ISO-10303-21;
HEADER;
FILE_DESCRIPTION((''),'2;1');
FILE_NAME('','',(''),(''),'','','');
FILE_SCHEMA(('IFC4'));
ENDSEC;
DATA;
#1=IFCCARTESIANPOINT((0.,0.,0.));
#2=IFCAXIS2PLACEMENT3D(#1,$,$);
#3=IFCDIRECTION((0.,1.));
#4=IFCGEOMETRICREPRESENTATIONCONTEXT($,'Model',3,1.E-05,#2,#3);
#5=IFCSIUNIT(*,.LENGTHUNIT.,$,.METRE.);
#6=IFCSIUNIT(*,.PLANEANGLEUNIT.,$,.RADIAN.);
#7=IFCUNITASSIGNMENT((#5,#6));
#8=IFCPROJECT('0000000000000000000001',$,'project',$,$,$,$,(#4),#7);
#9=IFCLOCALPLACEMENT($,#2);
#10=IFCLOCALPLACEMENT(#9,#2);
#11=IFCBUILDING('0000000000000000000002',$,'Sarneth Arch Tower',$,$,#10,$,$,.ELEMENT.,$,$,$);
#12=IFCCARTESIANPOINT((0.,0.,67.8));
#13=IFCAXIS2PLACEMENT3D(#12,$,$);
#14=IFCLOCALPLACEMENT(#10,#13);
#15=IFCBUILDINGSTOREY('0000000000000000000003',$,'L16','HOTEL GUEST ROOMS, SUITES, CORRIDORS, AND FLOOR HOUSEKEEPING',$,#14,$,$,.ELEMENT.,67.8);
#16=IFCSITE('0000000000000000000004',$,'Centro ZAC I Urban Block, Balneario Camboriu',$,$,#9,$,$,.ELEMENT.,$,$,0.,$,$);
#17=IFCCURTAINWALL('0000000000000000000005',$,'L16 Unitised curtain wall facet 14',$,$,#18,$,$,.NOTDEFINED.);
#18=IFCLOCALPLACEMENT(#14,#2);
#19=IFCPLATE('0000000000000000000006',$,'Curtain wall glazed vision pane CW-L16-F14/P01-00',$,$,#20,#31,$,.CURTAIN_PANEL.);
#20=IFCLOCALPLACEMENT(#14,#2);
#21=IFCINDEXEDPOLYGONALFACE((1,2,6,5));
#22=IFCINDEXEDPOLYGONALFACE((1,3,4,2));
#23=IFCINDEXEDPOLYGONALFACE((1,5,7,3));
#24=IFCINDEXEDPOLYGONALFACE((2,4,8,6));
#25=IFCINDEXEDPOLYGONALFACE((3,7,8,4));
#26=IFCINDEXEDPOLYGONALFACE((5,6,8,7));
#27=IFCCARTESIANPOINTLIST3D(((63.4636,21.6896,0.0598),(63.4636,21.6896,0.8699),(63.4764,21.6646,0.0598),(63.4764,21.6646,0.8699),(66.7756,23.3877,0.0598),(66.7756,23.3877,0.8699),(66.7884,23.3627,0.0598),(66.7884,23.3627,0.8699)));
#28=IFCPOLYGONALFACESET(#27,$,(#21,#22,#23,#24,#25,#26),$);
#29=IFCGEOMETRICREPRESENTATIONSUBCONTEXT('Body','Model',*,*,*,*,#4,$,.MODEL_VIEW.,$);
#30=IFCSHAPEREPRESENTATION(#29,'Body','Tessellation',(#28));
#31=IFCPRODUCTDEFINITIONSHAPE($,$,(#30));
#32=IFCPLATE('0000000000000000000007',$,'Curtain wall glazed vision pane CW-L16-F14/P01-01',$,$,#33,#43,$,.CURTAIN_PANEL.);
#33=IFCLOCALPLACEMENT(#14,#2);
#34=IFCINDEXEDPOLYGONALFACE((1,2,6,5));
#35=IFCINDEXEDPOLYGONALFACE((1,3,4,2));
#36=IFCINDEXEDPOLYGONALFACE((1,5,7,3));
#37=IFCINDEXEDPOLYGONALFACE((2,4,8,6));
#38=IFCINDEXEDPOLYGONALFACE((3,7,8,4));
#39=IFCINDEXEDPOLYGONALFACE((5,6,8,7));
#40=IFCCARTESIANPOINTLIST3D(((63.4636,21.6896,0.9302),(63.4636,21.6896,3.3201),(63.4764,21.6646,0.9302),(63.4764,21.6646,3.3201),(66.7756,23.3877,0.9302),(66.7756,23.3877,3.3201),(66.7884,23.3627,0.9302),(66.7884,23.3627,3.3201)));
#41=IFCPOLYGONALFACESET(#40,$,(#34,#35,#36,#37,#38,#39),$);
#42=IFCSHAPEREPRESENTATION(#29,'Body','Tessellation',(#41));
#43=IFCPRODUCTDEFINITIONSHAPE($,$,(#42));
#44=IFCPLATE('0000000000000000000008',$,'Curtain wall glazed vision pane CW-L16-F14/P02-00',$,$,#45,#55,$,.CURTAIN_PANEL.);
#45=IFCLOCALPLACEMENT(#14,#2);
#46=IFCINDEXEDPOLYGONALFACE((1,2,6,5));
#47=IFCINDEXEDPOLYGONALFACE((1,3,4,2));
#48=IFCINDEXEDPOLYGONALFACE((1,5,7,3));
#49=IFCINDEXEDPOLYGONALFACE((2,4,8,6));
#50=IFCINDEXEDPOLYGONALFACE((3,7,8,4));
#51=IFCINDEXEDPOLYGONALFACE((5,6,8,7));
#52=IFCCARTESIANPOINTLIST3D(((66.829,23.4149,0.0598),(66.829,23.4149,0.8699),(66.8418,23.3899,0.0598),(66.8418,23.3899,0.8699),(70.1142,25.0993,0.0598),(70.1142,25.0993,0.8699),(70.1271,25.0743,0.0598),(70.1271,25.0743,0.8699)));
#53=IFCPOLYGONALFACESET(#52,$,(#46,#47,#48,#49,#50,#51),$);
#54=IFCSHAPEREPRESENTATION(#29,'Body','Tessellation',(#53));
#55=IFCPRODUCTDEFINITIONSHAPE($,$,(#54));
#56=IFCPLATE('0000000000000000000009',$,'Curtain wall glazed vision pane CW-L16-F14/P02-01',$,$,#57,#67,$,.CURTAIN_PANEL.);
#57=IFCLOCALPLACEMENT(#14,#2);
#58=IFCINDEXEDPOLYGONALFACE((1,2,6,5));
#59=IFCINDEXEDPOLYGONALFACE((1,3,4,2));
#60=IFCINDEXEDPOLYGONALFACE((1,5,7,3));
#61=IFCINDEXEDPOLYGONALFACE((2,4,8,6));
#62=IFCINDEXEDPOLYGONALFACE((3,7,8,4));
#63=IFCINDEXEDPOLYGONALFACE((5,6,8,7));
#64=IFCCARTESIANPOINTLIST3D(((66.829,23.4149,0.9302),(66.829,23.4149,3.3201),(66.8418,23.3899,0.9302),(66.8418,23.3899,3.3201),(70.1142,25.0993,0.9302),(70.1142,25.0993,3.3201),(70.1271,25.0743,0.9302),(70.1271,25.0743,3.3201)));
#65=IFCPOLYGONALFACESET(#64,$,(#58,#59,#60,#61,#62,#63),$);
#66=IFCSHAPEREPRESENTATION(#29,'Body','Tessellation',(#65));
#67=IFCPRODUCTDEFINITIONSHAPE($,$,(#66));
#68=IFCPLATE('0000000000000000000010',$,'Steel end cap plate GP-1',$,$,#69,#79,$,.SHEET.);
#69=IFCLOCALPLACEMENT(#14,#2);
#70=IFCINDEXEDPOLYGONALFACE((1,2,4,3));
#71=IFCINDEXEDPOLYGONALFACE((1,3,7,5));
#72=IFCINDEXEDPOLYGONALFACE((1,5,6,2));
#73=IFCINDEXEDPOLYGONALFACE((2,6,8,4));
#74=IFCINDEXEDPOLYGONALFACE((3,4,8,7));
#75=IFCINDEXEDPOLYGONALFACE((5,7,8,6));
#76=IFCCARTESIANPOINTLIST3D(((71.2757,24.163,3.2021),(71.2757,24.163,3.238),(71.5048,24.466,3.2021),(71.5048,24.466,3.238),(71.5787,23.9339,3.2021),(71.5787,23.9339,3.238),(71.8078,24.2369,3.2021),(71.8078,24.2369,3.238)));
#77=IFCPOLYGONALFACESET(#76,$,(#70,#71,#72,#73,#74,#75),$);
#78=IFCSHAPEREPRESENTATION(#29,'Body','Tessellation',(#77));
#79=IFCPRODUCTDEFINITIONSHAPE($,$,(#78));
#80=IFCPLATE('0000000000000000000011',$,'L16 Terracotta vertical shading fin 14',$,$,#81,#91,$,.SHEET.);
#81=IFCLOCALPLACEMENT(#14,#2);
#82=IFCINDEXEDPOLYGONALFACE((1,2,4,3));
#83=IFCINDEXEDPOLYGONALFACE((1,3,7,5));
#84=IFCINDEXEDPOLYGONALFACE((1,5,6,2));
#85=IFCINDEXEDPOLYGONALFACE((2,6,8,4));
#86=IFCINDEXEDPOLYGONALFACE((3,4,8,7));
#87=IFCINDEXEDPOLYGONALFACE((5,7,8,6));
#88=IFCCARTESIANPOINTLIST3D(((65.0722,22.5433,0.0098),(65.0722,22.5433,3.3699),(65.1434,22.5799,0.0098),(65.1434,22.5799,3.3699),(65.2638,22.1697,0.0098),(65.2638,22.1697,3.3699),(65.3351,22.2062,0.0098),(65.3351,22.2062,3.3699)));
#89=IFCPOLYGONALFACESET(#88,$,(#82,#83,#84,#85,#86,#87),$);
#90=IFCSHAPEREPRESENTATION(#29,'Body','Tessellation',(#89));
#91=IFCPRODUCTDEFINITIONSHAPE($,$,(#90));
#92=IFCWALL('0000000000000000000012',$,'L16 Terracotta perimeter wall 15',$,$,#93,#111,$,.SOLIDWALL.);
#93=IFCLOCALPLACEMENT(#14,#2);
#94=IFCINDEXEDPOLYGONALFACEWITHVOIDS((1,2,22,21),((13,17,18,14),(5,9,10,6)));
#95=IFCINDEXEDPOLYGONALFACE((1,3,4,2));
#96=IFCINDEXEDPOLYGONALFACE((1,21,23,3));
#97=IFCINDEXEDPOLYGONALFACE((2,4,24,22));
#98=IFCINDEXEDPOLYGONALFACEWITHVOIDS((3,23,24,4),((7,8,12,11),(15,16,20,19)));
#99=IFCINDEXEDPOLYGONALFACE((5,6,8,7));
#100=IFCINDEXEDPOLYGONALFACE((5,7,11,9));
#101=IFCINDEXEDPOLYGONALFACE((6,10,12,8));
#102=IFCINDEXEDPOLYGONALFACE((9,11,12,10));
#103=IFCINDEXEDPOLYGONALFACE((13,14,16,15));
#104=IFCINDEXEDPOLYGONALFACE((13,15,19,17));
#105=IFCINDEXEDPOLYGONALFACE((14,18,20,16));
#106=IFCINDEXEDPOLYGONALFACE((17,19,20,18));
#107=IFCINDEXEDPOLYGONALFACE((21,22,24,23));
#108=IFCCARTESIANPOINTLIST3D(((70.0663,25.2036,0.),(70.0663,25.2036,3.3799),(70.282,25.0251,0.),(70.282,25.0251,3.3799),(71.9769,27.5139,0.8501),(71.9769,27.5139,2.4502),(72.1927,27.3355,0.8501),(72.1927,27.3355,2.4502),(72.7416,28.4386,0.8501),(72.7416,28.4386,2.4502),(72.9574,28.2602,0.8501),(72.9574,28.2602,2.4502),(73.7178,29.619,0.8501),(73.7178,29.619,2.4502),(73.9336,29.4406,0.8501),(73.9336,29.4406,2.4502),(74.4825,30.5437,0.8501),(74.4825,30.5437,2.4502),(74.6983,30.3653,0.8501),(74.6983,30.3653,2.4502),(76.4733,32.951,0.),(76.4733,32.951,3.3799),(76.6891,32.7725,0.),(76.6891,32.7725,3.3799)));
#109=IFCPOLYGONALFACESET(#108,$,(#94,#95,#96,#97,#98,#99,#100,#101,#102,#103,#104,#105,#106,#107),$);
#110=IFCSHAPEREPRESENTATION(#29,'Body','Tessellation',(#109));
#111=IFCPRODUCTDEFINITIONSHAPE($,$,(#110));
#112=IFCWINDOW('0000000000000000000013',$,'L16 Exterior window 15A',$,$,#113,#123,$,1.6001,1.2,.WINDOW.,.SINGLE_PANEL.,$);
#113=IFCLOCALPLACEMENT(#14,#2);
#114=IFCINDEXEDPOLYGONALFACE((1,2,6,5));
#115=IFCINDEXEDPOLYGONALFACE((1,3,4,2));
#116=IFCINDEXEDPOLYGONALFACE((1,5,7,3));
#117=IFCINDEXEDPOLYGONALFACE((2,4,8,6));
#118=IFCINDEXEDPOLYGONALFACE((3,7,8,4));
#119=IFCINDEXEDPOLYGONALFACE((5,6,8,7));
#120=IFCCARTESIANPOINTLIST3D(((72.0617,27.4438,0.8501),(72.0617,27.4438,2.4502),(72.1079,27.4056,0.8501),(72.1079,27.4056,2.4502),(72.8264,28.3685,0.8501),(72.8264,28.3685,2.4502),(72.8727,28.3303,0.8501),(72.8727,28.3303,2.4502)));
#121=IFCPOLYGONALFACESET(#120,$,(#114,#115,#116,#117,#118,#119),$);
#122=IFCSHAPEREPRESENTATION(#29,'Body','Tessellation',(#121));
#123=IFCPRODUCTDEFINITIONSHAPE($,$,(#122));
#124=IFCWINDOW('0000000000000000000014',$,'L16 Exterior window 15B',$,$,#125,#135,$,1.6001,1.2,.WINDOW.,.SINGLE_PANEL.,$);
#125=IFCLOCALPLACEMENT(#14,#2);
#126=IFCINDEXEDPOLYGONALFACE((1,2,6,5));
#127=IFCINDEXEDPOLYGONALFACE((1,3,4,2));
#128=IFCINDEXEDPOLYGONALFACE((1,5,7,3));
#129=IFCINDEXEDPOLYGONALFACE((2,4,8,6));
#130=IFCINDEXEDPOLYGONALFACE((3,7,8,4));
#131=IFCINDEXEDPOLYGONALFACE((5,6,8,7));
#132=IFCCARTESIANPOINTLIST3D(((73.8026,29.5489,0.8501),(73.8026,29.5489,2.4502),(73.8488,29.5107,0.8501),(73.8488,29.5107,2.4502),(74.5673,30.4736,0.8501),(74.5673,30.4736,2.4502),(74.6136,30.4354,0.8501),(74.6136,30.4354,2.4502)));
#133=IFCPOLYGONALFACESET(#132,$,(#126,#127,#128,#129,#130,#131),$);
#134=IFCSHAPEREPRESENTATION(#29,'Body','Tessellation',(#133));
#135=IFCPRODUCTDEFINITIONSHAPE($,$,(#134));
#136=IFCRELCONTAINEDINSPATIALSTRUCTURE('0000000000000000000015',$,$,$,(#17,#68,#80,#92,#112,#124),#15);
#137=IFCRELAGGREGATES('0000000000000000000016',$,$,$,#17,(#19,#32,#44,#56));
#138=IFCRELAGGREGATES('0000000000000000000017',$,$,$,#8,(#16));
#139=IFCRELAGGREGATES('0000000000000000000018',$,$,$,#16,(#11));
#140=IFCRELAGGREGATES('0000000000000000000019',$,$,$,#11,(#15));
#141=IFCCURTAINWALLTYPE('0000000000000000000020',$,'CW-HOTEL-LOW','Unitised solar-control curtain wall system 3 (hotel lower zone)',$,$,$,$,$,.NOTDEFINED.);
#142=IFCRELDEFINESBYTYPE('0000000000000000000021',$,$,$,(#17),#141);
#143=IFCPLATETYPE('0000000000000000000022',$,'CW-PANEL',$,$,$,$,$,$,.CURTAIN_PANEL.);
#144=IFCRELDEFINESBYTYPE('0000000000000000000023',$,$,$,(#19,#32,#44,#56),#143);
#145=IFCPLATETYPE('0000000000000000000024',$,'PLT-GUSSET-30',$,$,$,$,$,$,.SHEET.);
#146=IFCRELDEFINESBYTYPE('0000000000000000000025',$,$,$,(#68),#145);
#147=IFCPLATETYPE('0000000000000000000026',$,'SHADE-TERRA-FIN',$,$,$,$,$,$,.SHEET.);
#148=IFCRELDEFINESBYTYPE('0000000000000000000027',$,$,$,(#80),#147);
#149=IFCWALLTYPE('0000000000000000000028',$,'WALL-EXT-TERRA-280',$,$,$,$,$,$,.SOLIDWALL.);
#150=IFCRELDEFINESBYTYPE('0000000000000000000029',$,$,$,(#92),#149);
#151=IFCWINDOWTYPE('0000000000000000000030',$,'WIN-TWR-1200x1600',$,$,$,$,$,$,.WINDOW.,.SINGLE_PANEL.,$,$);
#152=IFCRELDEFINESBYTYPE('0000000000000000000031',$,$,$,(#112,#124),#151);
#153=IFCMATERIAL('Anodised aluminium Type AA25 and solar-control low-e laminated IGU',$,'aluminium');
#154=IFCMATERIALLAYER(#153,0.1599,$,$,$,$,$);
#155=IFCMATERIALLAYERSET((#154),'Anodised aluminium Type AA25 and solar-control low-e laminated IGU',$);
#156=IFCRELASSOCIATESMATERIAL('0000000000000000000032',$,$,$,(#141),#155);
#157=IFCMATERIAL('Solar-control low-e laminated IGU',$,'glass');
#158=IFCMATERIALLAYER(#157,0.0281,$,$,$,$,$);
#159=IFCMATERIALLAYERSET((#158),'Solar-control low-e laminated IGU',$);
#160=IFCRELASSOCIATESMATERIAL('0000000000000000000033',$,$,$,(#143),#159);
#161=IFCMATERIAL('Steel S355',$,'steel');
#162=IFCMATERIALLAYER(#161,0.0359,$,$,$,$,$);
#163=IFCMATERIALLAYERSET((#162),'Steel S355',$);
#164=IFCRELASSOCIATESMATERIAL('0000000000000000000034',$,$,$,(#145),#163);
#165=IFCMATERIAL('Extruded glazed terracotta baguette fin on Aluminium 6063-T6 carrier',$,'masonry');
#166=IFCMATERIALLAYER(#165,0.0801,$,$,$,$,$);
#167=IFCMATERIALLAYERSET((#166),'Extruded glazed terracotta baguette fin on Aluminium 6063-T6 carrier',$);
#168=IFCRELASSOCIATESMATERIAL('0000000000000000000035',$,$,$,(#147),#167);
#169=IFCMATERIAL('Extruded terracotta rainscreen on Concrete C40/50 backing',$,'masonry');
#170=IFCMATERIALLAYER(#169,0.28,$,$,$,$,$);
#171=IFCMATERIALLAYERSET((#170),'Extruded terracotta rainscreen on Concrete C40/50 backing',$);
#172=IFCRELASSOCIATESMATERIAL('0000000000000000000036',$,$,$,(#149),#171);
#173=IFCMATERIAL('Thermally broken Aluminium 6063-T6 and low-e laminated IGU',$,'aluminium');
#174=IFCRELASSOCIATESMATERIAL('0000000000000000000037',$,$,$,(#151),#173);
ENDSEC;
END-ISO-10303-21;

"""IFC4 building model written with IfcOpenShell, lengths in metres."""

from ifc_helpers import new_model, si_unit, direction, frame, frame_2d, origin, origin_2d, place, context, subcontext, project, spatial, rectangle, extrude, material, layer, layer_set, type_object, element, fill, aggregate, save


model = new_model("IFC4")

# Units and contexts
model_context = context("Model", 3, precision=1e-05, world=origin(), true_north=direction((0.0, 1.0)))
body_context = subcontext(model_context, "Body", "Model", "MODEL_VIEW")
ifc_project = project(units=[si_unit("LENGTHUNIT", "METRE"), si_unit("PLANEANGLEUNIT", "RADIAN")], contexts=[model_context])

# Site, building, storey
site_placement = place(None, origin())
site = spatial("IfcSite", under=ifc_project, at=site_placement, Name="Centro ZAC I Urban Block, Balneario Camboriu", CompositionType="ELEMENT", RefElevation=0.0)
building_placement = place(site_placement, origin())
building = spatial("IfcBuilding", under=site, at=building_placement, Name="Sarneth Arch Tower", CompositionType="ELEMENT")
storey_placement = place(building_placement, frame((0.0, 0.0, 67.8)))
storey = spatial("IfcBuildingStorey", under=building, at=storey_placement, Name="L16", Description="HOTEL GUEST ROOMS, SUITES, CORRIDORS, AND FLOOR HOUSEKEEPING", CompositionType="ELEMENT", Elevation=67.8)

# Curtain wall, plates
ifc_material_1 = material(Name="Anodised aluminium Type AA25 and solar-control low-e laminated IGU", Category="aluminium")
ifc_layer_1 = layer(ifc_material_1, 0.1599)
ifc_layer_set_1 = layer_set([ifc_layer_1], Name="Anodised aluminium Type AA25 and solar-control low-e laminated IGU")
curtain_wall_type = type_object("IfcCurtainWallType", Name="CW-HOTEL-LOW", Description="Unitised solar-control curtain wall system 3 (hotel lower zone)", PredefinedType="NOTDEFINED", material=ifc_layer_set_1)
curtain_wall_placement = place(storey_placement, origin())
curtain_wall = element("IfcCurtainWall", 1, at=curtain_wall_placement, inside=storey, type_object=curtain_wall_type, Name="L16 Unitised curtain wall facet 14", PredefinedType="NOTDEFINED")
ifc_material_2 = material(Name="Solar-control low-e laminated IGU", Category="glass")
ifc_layer_2 = layer(ifc_material_2, 0.0281)
ifc_layer_set_2 = layer_set([ifc_layer_2], Name="Solar-control low-e laminated IGU")
plate_type_1 = type_object("IfcPlateType", Name="CW-PANEL", PredefinedType="CURTAIN_PANEL", material=ifc_layer_set_2)
plate_1_placement = place(storey_placement, frame((65.126, 22.5261, 0.0598), z_axis=(0.0, 0.0, 1.0), x_axis=(0.889854, 0.456245, 0.0)))
plate_1 = element("IfcPlate", 2, at=plate_1_placement, type_object=plate_type_1, Name="Curtain wall glazed vision pane CW-L16-F14/P01-00", PredefinedType="CURTAIN_PANEL", context=body_context, shape_type="SweptSolid", body=[
    extrude(rectangle(XDim=3.7219, YDim=0.0281, at=origin_2d()), origin(), (0.0, 0.0, 1.0), 0.8101),
])
plate_2_placement = place(storey_placement, frame((65.126, 22.5261, 0.9302), z_axis=(0.0, 0.0, 1.0), x_axis=(0.889854, 0.456245, 0.0)))
plate_2 = element("IfcPlate", 3, at=plate_2_placement, type_object=plate_type_1, Name="Curtain wall glazed vision pane CW-L16-F14/P01-01", PredefinedType="CURTAIN_PANEL", context=body_context, shape_type="SweptSolid", body=[
    extrude(rectangle(XDim=3.7219, YDim=0.0281, at=origin_2d()), origin(), (0.0, 0.0, 1.0), 2.3899),
])
plate_3_placement = place(storey_placement, frame((68.478, 24.2446, 0.0598), z_axis=(0.0, 0.0, 1.0), x_axis=(0.889854, 0.456245, 0.0)))
plate_3 = element("IfcPlate", 4, at=plate_3_placement, type_object=plate_type_1, Name="Curtain wall glazed vision pane CW-L16-F14/P02-00", PredefinedType="CURTAIN_PANEL", context=body_context, shape_type="SweptSolid", body=[
    extrude(rectangle(XDim=3.6919, YDim=0.0281, at=origin_2d()), origin(), (0.0, 0.0, 1.0), 0.8101),
])
plate_4_placement = place(storey_placement, frame((68.478, 24.2446, 0.9302), z_axis=(0.0, 0.0, 1.0), x_axis=(0.889854, 0.456245, 0.0)))
plate_4 = element("IfcPlate", 5, at=plate_4_placement, type_object=plate_type_1, Name="Curtain wall glazed vision pane CW-L16-F14/P02-01", PredefinedType="CURTAIN_PANEL", context=body_context, shape_type="SweptSolid", body=[
    extrude(rectangle(XDim=3.6919, YDim=0.0281, at=origin_2d()), origin(), (0.0, 0.0, 1.0), 2.3899),
])
aggregate(curtain_wall, [plate_1, plate_2, plate_3, plate_4])

# Plates
ifc_material_3 = material(Name="Steel S355", Category="steel")
ifc_layer_3 = layer(ifc_material_3, 0.0359)
ifc_layer_set_3 = layer_set([ifc_layer_3], Name="Steel S355")
plate_type_2 = type_object("IfcPlateType", Name="PLT-GUSSET-30", PredefinedType="SHEET", material=ifc_layer_set_3)
plate_5_placement = place(storey_placement, frame((71.5417, 24.2, 3.2021), z_axis=(0.0, 0.0, 1.0), x_axis=(0.797689, -0.603069, 0.0)))
element("IfcPlate", 6, at=plate_5_placement, inside=storey, type_object=plate_type_2, Name="Steel end cap plate GP-1", PredefinedType="SHEET", context=body_context, shape_type="SweptSolid", body=[
    extrude(rectangle(XDim=0.3799, YDim=0.3799, at=origin_2d()), origin(), (0.0, 0.0, 1.0), 0.0359),
])
ifc_material_4 = material(Name="Extruded glazed terracotta baguette fin on Aluminium 6063-T6 carrier", Category="masonry")
ifc_layer_4 = layer(ifc_material_4, 0.0801)
ifc_layer_set_4 = layer_set([ifc_layer_4], Name="Extruded glazed terracotta baguette fin on Aluminium 6063-T6 carrier")
plate_type_3 = type_object("IfcPlateType", Name="SHADE-TERRA-FIN", PredefinedType="SHEET", material=ifc_layer_set_4)
plate_6_placement = place(storey_placement, frame((65.2036, 22.3748, 0.0098), z_axis=(0.0, 0.0, 1.0), x_axis=(0.456322, -0.889815, 0.0)))
element("IfcPlate", 7, at=plate_6_placement, inside=storey, type_object=plate_type_3, Name="L16 Terracotta vertical shading fin 14", PredefinedType="SHEET", context=body_context, shape_type="SweptSolid", body=[
    extrude(rectangle(XDim=0.4199, YDim=0.0801, at=origin_2d()), origin(), (0.0, 0.0, 1.0), 3.3601),
])

# Wall, openings, windows
ifc_material_5 = material(Name="Extruded terracotta rainscreen on Concrete C40/50 backing", Category="masonry")
ifc_layer_5 = layer(ifc_material_5, 0.28)
ifc_layer_set_5 = layer_set([ifc_layer_5], Name="Extruded terracotta rainscreen on Concrete C40/50 backing")
wall_type = type_object("IfcWallType", Name="WALL-EXT-TERRA-280", PredefinedType="SOLIDWALL", material=ifc_layer_set_5)
wall_placement = place(storey_placement, frame((70.1741, 25.1143, 0.0), z_axis=(0.0, 0.0, 1.0), x_axis=(0.637297, 0.770618, 0.0)))
wall = element("IfcWall", 8, at=wall_placement, inside=storey, type_object=wall_type, Name="L16 Terracotta perimeter wall 15", PredefinedType="SOLIDWALL", context=body_context, shape_type="SweptSolid", body=[
    extrude(rectangle(XDim=10.0535, YDim=0.28, at=frame_2d((5.0269, 0.0))), origin(), (0.0, 0.0, 1.0), 3.3799),
])
opening_1_placement = place(wall_placement, frame((2.998, 0.0, 0.8501)))
opening_1 = element("IfcOpeningElement", 9, at=opening_1_placement, cuts=wall, PredefinedType="OPENING", context=body_context, shape_type="SweptSolid", body=[
    extrude(rectangle(XDim=1.2, YDim=1.6001, at=frame_2d((0.6001, 0.8))), frame((0.0, 0.1499, 0.0), z_axis=(0.0, -1.0, 0.0), x_axis=(1.0, 0.0, 0.0)), (0.0, 0.0, 1.0), 0.3),
])
opening_2_placement = place(wall_placement, frame((5.7297, 0.0, 0.8501)))
opening_2 = element("IfcOpeningElement", 10, at=opening_2_placement, cuts=wall, PredefinedType="OPENING", context=body_context, shape_type="SweptSolid", body=[
    extrude(rectangle(XDim=1.2, YDim=1.6001, at=frame_2d((0.6001, 0.8))), frame((0.0, 0.1499, 0.0), z_axis=(0.0, -1.0, 0.0), x_axis=(1.0, 0.0, 0.0)), (0.0, 0.0, 1.0), 0.3),
])
ifc_material_6 = material(Name="Thermally broken Aluminium 6063-T6 and low-e laminated IGU", Category="aluminium")
window_type = type_object("IfcWindowType", Name="WIN-TWR-1200x1600", PartitioningType="SINGLE_PANEL", PredefinedType="WINDOW", material=ifc_material_6)
window_1_placement = place(opening_1_placement, origin())
window_1 = element("IfcWindow", 11, at=window_1_placement, inside=storey, type_object=window_type, Name="L16 Exterior window 15A", OverallHeight=1.6001, OverallWidth=1.2, PartitioningType="SINGLE_PANEL", PredefinedType="WINDOW", context=body_context, shape_type="SweptSolid", body=[
    extrude(rectangle(XDim=1.2, YDim=1.6001, at=frame_2d((0.6001, 0.8))), frame((0.0, 0.03, 0.0), z_axis=(0.0, -1.0, 0.0), x_axis=(1.0, 0.0, 0.0)), (0.0, 0.0, 1.0), 0.0601),
])
fill(opening_1, window_1)
window_2_placement = place(opening_2_placement, origin())
window_2 = element("IfcWindow", 12, at=window_2_placement, inside=storey, type_object=window_type, Name="L16 Exterior window 15B", OverallHeight=1.6001, OverallWidth=1.2, PartitioningType="SINGLE_PANEL", PredefinedType="WINDOW", context=body_context, shape_type="SweptSolid", body=[
    extrude(rectangle(XDim=1.2, YDim=1.6001, at=frame_2d((0.6001, 0.8))), frame((0.0, 0.03, 0.0), z_axis=(0.0, -1.0, 0.0), x_axis=(1.0, 0.0, 0.0)), (0.0, 0.0, 1.0), 0.0601),
])
fill(opening_2, window_2)

save(model, "model.ifc")
